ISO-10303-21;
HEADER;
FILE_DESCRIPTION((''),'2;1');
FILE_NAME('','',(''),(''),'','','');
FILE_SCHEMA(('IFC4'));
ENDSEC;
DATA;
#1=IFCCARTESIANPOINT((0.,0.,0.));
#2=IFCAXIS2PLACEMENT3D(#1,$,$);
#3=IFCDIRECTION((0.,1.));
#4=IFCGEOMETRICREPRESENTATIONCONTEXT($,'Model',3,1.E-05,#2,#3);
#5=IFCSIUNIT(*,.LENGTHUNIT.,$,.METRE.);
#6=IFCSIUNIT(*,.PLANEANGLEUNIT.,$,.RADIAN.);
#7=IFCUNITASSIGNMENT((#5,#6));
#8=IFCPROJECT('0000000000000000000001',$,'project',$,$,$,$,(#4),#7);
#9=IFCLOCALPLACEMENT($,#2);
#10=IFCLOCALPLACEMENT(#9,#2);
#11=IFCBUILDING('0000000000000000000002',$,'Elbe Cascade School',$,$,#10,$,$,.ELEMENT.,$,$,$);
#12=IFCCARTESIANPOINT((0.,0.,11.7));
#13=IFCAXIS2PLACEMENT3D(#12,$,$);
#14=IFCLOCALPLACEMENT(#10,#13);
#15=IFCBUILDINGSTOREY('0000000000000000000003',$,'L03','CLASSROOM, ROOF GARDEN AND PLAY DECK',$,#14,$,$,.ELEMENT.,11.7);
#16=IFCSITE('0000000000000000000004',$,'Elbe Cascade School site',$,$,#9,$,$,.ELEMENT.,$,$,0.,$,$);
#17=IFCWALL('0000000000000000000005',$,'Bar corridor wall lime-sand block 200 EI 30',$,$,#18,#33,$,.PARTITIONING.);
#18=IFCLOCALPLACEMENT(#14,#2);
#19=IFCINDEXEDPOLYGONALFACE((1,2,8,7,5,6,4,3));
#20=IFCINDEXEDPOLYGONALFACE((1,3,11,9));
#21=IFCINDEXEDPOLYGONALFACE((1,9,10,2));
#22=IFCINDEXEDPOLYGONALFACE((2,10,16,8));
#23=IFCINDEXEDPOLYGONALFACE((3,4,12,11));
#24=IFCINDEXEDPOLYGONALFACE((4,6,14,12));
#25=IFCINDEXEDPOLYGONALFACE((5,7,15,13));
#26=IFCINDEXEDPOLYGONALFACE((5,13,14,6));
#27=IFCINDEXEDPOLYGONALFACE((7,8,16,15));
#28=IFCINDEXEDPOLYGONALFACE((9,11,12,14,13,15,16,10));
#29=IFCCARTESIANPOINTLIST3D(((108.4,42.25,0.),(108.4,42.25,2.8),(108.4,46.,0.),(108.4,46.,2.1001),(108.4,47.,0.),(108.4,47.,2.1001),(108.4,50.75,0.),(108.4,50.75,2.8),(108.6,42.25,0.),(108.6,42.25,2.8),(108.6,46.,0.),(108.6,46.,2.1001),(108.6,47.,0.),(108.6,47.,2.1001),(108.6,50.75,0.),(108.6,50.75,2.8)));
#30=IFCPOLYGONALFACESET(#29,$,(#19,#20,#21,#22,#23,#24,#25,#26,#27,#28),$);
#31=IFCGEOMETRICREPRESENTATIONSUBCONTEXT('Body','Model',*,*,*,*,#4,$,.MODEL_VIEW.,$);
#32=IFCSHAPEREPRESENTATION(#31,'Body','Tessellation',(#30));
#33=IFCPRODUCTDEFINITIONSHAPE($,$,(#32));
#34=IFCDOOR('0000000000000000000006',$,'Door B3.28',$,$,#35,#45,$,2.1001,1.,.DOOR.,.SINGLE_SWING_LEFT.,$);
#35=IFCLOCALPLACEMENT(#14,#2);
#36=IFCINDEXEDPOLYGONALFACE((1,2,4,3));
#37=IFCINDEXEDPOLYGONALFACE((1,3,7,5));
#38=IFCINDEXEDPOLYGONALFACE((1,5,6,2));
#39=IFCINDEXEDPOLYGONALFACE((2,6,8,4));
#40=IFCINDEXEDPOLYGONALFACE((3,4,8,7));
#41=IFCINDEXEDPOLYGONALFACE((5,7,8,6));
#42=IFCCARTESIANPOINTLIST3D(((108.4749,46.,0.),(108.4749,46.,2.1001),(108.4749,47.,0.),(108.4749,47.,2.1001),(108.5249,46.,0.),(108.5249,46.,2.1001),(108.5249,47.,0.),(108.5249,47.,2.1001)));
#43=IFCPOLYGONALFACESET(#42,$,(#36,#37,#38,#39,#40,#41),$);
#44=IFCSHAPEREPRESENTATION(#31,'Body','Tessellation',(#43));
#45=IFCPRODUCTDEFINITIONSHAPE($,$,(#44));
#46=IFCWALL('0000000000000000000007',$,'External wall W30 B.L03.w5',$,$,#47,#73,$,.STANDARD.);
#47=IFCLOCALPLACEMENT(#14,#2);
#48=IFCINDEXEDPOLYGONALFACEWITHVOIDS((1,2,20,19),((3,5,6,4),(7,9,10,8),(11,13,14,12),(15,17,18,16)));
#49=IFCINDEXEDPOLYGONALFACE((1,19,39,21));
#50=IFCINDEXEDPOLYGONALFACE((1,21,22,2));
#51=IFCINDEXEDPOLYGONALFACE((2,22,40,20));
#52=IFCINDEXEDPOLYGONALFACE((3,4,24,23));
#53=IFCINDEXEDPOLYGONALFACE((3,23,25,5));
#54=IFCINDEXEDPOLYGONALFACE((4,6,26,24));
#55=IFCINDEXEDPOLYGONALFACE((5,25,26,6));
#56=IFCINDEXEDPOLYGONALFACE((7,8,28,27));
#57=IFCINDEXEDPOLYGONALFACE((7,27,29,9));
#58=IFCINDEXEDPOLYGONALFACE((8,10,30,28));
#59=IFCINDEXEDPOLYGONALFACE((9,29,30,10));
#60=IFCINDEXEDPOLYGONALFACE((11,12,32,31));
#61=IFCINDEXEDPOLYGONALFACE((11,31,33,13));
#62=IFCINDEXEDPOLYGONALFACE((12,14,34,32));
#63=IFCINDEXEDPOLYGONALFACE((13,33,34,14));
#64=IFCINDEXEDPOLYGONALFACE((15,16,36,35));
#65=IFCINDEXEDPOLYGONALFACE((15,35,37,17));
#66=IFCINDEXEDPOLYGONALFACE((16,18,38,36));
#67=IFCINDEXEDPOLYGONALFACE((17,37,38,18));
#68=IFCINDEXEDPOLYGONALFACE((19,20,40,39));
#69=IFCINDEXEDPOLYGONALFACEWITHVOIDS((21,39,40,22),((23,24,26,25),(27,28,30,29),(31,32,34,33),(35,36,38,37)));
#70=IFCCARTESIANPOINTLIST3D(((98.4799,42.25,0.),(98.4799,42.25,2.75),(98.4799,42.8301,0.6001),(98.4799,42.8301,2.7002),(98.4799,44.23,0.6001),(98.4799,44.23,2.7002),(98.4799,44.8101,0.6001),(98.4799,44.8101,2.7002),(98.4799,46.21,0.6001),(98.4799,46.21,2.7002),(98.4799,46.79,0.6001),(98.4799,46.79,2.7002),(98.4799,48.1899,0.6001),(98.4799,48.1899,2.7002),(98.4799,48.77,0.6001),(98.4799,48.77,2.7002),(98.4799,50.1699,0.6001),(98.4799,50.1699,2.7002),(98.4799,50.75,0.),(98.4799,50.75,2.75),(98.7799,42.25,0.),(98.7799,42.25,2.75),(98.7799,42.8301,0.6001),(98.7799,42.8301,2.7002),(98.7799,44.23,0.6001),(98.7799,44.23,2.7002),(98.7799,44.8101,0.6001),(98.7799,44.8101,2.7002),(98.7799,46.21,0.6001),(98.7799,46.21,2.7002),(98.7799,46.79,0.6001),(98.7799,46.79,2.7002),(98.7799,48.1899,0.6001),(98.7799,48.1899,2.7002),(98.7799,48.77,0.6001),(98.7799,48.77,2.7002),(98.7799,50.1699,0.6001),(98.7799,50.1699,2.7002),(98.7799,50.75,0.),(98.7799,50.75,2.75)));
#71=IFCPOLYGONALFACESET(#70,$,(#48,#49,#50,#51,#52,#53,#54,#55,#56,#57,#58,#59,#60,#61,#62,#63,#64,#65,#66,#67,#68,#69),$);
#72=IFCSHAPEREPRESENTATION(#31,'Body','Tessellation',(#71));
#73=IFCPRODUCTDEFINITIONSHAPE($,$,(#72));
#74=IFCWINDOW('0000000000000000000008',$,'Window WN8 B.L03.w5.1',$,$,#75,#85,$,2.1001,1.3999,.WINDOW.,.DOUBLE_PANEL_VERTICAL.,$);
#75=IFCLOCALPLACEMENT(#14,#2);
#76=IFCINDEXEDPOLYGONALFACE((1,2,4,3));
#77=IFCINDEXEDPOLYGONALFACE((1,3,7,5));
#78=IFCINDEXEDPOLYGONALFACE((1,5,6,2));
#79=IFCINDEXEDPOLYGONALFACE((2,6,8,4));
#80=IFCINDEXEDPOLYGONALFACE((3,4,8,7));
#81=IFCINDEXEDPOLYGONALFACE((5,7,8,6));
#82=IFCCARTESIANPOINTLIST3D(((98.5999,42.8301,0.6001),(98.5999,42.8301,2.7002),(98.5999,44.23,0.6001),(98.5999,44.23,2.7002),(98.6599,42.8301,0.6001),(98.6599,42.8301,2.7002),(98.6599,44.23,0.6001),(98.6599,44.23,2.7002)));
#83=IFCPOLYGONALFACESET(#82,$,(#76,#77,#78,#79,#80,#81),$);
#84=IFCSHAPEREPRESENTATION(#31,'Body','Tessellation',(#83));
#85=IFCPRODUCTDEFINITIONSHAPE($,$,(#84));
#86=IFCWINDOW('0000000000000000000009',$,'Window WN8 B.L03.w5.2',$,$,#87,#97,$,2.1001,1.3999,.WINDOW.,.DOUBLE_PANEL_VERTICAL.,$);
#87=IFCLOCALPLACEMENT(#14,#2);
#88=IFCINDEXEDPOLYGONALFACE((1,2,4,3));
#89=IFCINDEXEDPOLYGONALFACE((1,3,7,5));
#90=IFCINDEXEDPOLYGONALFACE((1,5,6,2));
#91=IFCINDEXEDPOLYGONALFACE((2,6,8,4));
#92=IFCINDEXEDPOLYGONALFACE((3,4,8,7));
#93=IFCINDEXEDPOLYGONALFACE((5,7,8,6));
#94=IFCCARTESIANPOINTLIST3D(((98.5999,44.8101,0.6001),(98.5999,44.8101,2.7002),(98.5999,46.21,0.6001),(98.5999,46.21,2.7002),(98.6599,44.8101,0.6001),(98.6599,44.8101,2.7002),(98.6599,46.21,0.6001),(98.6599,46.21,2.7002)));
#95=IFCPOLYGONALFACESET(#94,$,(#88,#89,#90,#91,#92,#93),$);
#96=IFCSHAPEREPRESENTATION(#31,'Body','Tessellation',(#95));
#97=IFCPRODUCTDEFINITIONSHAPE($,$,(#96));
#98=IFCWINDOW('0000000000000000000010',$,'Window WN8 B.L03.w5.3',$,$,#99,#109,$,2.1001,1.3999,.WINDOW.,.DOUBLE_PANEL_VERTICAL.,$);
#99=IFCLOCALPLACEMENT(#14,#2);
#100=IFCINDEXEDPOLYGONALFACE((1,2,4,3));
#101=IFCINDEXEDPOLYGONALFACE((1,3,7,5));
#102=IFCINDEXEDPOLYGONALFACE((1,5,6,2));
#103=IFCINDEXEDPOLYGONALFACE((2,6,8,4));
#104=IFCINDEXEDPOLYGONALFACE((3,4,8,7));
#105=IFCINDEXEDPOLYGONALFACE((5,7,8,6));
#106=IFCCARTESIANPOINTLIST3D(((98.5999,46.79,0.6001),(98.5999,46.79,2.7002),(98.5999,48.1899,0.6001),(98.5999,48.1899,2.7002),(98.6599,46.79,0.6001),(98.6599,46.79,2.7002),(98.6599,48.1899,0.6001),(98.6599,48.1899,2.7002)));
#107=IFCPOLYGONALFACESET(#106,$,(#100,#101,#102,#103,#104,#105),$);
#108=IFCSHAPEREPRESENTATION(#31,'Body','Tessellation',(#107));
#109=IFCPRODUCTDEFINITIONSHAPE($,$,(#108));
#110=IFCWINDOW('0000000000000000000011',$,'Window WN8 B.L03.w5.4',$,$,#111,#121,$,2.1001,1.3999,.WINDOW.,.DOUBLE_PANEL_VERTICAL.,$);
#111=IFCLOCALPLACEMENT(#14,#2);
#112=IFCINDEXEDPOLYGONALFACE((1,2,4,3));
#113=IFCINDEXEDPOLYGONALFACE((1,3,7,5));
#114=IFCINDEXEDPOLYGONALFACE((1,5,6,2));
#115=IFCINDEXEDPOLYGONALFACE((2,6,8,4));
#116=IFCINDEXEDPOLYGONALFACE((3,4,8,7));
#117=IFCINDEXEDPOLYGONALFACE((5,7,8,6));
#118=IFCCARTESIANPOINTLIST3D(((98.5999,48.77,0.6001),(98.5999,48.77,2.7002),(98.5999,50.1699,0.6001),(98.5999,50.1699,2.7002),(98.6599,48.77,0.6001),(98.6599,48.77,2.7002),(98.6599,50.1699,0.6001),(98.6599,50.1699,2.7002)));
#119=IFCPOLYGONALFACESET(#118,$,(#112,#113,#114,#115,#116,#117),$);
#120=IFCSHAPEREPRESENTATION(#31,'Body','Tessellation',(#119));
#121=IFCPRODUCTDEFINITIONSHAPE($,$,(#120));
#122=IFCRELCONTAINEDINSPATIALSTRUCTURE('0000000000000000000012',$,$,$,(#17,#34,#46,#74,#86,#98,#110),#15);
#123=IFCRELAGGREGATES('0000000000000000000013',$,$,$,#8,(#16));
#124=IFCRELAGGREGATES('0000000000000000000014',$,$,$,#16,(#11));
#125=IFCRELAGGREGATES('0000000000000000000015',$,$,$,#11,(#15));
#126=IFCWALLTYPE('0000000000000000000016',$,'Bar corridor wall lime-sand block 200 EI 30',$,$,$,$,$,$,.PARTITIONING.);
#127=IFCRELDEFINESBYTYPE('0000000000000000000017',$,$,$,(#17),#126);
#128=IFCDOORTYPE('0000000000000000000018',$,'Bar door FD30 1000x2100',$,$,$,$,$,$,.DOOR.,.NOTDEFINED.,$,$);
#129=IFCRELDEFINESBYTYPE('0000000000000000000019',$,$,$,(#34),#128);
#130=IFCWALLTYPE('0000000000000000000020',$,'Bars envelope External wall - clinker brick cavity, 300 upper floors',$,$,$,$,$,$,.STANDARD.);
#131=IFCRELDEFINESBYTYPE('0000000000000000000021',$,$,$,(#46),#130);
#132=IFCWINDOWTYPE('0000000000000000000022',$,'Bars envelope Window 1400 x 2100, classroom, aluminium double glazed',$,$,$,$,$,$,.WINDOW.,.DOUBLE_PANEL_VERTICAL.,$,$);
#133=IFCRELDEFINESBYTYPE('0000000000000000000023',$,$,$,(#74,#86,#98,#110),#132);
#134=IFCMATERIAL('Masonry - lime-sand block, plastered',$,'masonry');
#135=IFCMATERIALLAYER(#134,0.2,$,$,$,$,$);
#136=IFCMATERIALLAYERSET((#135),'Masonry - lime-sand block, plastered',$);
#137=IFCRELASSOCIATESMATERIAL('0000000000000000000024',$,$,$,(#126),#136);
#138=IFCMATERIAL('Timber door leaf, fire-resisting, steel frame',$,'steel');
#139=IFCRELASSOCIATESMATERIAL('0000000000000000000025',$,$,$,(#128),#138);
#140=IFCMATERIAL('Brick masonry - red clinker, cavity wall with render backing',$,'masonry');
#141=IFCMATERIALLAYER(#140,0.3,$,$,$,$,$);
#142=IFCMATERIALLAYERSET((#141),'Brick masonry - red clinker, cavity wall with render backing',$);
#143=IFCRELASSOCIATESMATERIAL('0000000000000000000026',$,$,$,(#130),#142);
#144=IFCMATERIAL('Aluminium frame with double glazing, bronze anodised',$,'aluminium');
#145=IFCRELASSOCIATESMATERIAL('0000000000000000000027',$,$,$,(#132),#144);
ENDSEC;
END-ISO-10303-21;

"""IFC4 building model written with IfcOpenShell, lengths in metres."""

from ifc_helpers import new_model, si_unit, direction, frame, frame_2d, origin, place, context, subcontext, project, spatial, rectangle, extrude, material, layer, layer_set, type_object, element, fill, save


model = new_model("IFC4")

# Units and contexts
model_context = context("Model", 3, precision=1e-05, world=origin(), true_north=direction((0.0, 1.0)))
body_context = subcontext(model_context, "Body", "Model", "MODEL_VIEW")
ifc_project = project(units=[si_unit("LENGTHUNIT", "METRE"), si_unit("PLANEANGLEUNIT", "RADIAN")], contexts=[model_context])

# Site, building, storey
site_placement = place(None, origin())
site = spatial("IfcSite", under=ifc_project, at=site_placement, Name="Elbe Cascade School site", CompositionType="ELEMENT", RefElevation=0.0)
building_placement = place(site_placement, origin())
building = spatial("IfcBuilding", under=site, at=building_placement, Name="Elbe Cascade School", CompositionType="ELEMENT")
storey_placement = place(building_placement, frame((0.0, 0.0, 11.7)))
storey = spatial("IfcBuildingStorey", under=building, at=storey_placement, Name="L03", Description="CLASSROOM, ROOF GARDEN AND PLAY DECK", CompositionType="ELEMENT", Elevation=11.7)

# Wall, opening, door
ifc_material_1 = material(Name="Masonry - lime-sand block, plastered", Category="masonry")
ifc_layer_1 = layer(ifc_material_1, 0.2)
ifc_layer_set_1 = layer_set([ifc_layer_1], Name="Masonry - lime-sand block, plastered")
wall_type_1 = type_object("IfcWallType", Name="Bar corridor wall lime-sand block 200 EI 30", PredefinedType="PARTITIONING", material=ifc_layer_set_1)
ifc_material_2 = material(Name="Timber door leaf, fire-resisting, steel frame", Category="steel")
door_type = type_object("IfcDoorType", Name="Bar door FD30 1000x2100", OperationType="NOTDEFINED", PredefinedType="DOOR", material=ifc_material_2)
wall_1_placement = place(storey_placement, frame((108.5, 50.75, 0.0), z_axis=(0.0, 0.0, 1.0), x_axis=(0.0, -1.0, 0.0)))
wall_1 = element("IfcWall", 1, at=wall_1_placement, inside=storey, type_object=wall_type_1, Name="Bar corridor wall lime-sand block 200 EI 30", PredefinedType="PARTITIONING", context=body_context, shape_type="SweptSolid", body=[
    extrude(rectangle(XDim=8.5, YDim=0.2, at=frame_2d((4.25, 0.0))), origin(), (0.0, 0.0, 1.0), 2.8),
])
opening_1_placement = place(wall_1_placement, frame((3.75, 0.0, 0.0)))
opening_1 = element("IfcOpeningElement", 2, at=opening_1_placement, cuts=wall_1, PredefinedType="OPENING", context=body_context, shape_type="SweptSolid", body=[
    extrude(rectangle(XDim=1.0, YDim=2.1001, at=frame_2d((0.5, 1.05))), frame((0.0, 0.1099, 0.0), z_axis=(0.0, -1.0, 0.0), x_axis=(1.0, 0.0, 0.0)), (0.0, 0.0, 1.0), 0.22),
])
door_1_placement = place(opening_1_placement, origin())
door_1 = element("IfcDoor", 3, at=door_1_placement, inside=storey, type_object=door_type, Name="Door B3.28", OperationType="SINGLE_SWING_LEFT", OverallHeight=2.1001, OverallWidth=1.0, PredefinedType="DOOR", context=body_context, shape_type="SweptSolid", body=[
    extrude(rectangle(XDim=1.0, YDim=2.1001, at=frame_2d((0.5, 1.05))), frame((0.0, 0.0249, 0.0), z_axis=(0.0, -1.0, 0.0), x_axis=(1.0, 0.0, 0.0)), (0.0, 0.0, 1.0), 0.05),
])
fill(opening_1, door_1)

# Wall, openings, windows
ifc_material_3 = material(Name="Brick masonry - red clinker, cavity wall with render backing", Category="masonry")
ifc_layer_2 = layer(ifc_material_3, 0.3)
ifc_layer_set_2 = layer_set([ifc_layer_2], Name="Brick masonry - red clinker, cavity wall with render backing")
wall_type_2 = type_object("IfcWallType", Name="Bars envelope External wall - clinker brick cavity, 300 upper floors", PredefinedType="STANDARD", material=ifc_layer_set_2)
wall_2_placement = place(storey_placement, frame((98.6299, 42.25, 0.0), z_axis=(0.0, 0.0, 1.0), x_axis=(0.0, 1.0, 0.0)))
wall_2 = element("IfcWall", 4, at=wall_2_placement, inside=storey, type_object=wall_type_2, Name="External wall W30 B.L03.w5", PredefinedType="STANDARD", context=body_context, shape_type="SweptSolid", body=[
    extrude(rectangle(XDim=8.5, YDim=0.3, at=frame_2d((4.25, 0.0))), origin(), (0.0, 0.0, 1.0), 2.75),
])
opening_2_placement = place(wall_2_placement, frame((0.5801, 0.0, 0.6001)))
opening_2 = element("IfcOpeningElement", 5, at=opening_2_placement, cuts=wall_2, PredefinedType="OPENING", context=body_context, shape_type="SweptSolid", body=[
    extrude(rectangle(XDim=1.3999, YDim=2.1001, at=frame_2d((0.7, 1.05))), frame((0.0, 0.1599, 0.0), z_axis=(0.0, -1.0, 0.0), x_axis=(1.0, 0.0, 0.0)), (0.0, 0.0, 1.0), 0.3201),
])
opening_3_placement = place(wall_2_placement, frame((2.5601, 0.0, 0.6001)))
opening_3 = element("IfcOpeningElement", 6, at=opening_3_placement, cuts=wall_2, PredefinedType="OPENING", context=body_context, shape_type="SweptSolid", body=[
    extrude(rectangle(XDim=1.3999, YDim=2.1001, at=frame_2d((0.7, 1.05))), frame((0.0, 0.1599, 0.0), z_axis=(0.0, -1.0, 0.0), x_axis=(1.0, 0.0, 0.0)), (0.0, 0.0, 1.0), 0.3201),
])
opening_4_placement = place(wall_2_placement, frame((4.54, 0.0, 0.6001)))
opening_4 = element("IfcOpeningElement", 7, at=opening_4_placement, cuts=wall_2, PredefinedType="OPENING", context=body_context, shape_type="SweptSolid", body=[
    extrude(rectangle(XDim=1.3999, YDim=2.1001, at=frame_2d((0.7, 1.05))), frame((0.0, 0.1599, 0.0), z_axis=(0.0, -1.0, 0.0), x_axis=(1.0, 0.0, 0.0)), (0.0, 0.0, 1.0), 0.3201),
])
opening_5_placement = place(wall_2_placement, frame((6.52, 0.0, 0.6001)))
opening_5 = element("IfcOpeningElement", 8, at=opening_5_placement, cuts=wall_2, PredefinedType="OPENING", context=body_context, shape_type="SweptSolid", body=[
    extrude(rectangle(XDim=1.3999, YDim=2.1001, at=frame_2d((0.7, 1.05))), frame((0.0, 0.1599, 0.0), z_axis=(0.0, -1.0, 0.0), x_axis=(1.0, 0.0, 0.0)), (0.0, 0.0, 1.0), 0.3201),
])
ifc_material_4 = material(Name="Aluminium frame with double glazing, bronze anodised", Category="aluminium")
window_type = type_object("IfcWindowType", Name="Bars envelope Window 1400 x 2100, classroom, aluminium double glazed", PartitioningType="DOUBLE_PANEL_VERTICAL", PredefinedType="WINDOW", material=ifc_material_4)
window_1_placement = place(opening_2_placement, origin())
window_1 = element("IfcWindow", 9, at=window_1_placement, inside=storey, type_object=window_type, Name="Window WN8 B.L03.w5.1", OverallHeight=2.1001, OverallWidth=1.3999, PartitioningType="DOUBLE_PANEL_VERTICAL", PredefinedType="WINDOW", context=body_context, shape_type="SweptSolid", body=[
    extrude(rectangle(XDim=1.3999, YDim=2.1001, at=frame_2d((0.7, 1.05))), frame((0.0, 0.03, 0.0), z_axis=(0.0, -1.0, 0.0), x_axis=(1.0, 0.0, 0.0)), (0.0, 0.0, 1.0), 0.0601),
])
fill(opening_2, window_1)
window_2_placement = place(opening_3_placement, origin())
window_2 = element("IfcWindow", 10, at=window_2_placement, inside=storey, type_object=window_type, Name="Window WN8 B.L03.w5.2", OverallHeight=2.1001, OverallWidth=1.3999, PartitioningType="DOUBLE_PANEL_VERTICAL", PredefinedType="WINDOW", context=body_context, shape_type="SweptSolid", body=[
    extrude(rectangle(XDim=1.3999, YDim=2.1001, at=frame_2d((0.7, 1.05))), frame((0.0, 0.03, 0.0), z_axis=(0.0, -1.0, 0.0), x_axis=(1.0, 0.0, 0.0)), (0.0, 0.0, 1.0), 0.0601),
])
fill(opening_3, window_2)
window_3_placement = place(opening_4_placement, origin())
window_3 = element("IfcWindow", 11, at=window_3_placement, inside=storey, type_object=window_type, Name="Window WN8 B.L03.w5.3", OverallHeight=2.1001, OverallWidth=1.3999, PartitioningType="DOUBLE_PANEL_VERTICAL", PredefinedType="WINDOW", context=body_context, shape_type="SweptSolid", body=[
    extrude(rectangle(XDim=1.3999, YDim=2.1001, at=frame_2d((0.7, 1.05))), frame((0.0, 0.03, 0.0), z_axis=(0.0, -1.0, 0.0), x_axis=(1.0, 0.0, 0.0)), (0.0, 0.0, 1.0), 0.0601),
])
fill(opening_4, window_3)
window_4_placement = place(opening_5_placement, origin())
window_4 = element("IfcWindow", 12, at=window_4_placement, inside=storey, type_object=window_type, Name="Window WN8 B.L03.w5.4", OverallHeight=2.1001, OverallWidth=1.3999, PartitioningType="DOUBLE_PANEL_VERTICAL", PredefinedType="WINDOW", context=body_context, shape_type="SweptSolid", body=[
    extrude(rectangle(XDim=1.3999, YDim=2.1001, at=frame_2d((0.7, 1.05))), frame((0.0, 0.03, 0.0), z_axis=(0.0, -1.0, 0.0), x_axis=(1.0, 0.0, 0.0)), (0.0, 0.0, 1.0), 0.0601),
])
fill(opening_5, window_4)

save(model, "model.ifc")
